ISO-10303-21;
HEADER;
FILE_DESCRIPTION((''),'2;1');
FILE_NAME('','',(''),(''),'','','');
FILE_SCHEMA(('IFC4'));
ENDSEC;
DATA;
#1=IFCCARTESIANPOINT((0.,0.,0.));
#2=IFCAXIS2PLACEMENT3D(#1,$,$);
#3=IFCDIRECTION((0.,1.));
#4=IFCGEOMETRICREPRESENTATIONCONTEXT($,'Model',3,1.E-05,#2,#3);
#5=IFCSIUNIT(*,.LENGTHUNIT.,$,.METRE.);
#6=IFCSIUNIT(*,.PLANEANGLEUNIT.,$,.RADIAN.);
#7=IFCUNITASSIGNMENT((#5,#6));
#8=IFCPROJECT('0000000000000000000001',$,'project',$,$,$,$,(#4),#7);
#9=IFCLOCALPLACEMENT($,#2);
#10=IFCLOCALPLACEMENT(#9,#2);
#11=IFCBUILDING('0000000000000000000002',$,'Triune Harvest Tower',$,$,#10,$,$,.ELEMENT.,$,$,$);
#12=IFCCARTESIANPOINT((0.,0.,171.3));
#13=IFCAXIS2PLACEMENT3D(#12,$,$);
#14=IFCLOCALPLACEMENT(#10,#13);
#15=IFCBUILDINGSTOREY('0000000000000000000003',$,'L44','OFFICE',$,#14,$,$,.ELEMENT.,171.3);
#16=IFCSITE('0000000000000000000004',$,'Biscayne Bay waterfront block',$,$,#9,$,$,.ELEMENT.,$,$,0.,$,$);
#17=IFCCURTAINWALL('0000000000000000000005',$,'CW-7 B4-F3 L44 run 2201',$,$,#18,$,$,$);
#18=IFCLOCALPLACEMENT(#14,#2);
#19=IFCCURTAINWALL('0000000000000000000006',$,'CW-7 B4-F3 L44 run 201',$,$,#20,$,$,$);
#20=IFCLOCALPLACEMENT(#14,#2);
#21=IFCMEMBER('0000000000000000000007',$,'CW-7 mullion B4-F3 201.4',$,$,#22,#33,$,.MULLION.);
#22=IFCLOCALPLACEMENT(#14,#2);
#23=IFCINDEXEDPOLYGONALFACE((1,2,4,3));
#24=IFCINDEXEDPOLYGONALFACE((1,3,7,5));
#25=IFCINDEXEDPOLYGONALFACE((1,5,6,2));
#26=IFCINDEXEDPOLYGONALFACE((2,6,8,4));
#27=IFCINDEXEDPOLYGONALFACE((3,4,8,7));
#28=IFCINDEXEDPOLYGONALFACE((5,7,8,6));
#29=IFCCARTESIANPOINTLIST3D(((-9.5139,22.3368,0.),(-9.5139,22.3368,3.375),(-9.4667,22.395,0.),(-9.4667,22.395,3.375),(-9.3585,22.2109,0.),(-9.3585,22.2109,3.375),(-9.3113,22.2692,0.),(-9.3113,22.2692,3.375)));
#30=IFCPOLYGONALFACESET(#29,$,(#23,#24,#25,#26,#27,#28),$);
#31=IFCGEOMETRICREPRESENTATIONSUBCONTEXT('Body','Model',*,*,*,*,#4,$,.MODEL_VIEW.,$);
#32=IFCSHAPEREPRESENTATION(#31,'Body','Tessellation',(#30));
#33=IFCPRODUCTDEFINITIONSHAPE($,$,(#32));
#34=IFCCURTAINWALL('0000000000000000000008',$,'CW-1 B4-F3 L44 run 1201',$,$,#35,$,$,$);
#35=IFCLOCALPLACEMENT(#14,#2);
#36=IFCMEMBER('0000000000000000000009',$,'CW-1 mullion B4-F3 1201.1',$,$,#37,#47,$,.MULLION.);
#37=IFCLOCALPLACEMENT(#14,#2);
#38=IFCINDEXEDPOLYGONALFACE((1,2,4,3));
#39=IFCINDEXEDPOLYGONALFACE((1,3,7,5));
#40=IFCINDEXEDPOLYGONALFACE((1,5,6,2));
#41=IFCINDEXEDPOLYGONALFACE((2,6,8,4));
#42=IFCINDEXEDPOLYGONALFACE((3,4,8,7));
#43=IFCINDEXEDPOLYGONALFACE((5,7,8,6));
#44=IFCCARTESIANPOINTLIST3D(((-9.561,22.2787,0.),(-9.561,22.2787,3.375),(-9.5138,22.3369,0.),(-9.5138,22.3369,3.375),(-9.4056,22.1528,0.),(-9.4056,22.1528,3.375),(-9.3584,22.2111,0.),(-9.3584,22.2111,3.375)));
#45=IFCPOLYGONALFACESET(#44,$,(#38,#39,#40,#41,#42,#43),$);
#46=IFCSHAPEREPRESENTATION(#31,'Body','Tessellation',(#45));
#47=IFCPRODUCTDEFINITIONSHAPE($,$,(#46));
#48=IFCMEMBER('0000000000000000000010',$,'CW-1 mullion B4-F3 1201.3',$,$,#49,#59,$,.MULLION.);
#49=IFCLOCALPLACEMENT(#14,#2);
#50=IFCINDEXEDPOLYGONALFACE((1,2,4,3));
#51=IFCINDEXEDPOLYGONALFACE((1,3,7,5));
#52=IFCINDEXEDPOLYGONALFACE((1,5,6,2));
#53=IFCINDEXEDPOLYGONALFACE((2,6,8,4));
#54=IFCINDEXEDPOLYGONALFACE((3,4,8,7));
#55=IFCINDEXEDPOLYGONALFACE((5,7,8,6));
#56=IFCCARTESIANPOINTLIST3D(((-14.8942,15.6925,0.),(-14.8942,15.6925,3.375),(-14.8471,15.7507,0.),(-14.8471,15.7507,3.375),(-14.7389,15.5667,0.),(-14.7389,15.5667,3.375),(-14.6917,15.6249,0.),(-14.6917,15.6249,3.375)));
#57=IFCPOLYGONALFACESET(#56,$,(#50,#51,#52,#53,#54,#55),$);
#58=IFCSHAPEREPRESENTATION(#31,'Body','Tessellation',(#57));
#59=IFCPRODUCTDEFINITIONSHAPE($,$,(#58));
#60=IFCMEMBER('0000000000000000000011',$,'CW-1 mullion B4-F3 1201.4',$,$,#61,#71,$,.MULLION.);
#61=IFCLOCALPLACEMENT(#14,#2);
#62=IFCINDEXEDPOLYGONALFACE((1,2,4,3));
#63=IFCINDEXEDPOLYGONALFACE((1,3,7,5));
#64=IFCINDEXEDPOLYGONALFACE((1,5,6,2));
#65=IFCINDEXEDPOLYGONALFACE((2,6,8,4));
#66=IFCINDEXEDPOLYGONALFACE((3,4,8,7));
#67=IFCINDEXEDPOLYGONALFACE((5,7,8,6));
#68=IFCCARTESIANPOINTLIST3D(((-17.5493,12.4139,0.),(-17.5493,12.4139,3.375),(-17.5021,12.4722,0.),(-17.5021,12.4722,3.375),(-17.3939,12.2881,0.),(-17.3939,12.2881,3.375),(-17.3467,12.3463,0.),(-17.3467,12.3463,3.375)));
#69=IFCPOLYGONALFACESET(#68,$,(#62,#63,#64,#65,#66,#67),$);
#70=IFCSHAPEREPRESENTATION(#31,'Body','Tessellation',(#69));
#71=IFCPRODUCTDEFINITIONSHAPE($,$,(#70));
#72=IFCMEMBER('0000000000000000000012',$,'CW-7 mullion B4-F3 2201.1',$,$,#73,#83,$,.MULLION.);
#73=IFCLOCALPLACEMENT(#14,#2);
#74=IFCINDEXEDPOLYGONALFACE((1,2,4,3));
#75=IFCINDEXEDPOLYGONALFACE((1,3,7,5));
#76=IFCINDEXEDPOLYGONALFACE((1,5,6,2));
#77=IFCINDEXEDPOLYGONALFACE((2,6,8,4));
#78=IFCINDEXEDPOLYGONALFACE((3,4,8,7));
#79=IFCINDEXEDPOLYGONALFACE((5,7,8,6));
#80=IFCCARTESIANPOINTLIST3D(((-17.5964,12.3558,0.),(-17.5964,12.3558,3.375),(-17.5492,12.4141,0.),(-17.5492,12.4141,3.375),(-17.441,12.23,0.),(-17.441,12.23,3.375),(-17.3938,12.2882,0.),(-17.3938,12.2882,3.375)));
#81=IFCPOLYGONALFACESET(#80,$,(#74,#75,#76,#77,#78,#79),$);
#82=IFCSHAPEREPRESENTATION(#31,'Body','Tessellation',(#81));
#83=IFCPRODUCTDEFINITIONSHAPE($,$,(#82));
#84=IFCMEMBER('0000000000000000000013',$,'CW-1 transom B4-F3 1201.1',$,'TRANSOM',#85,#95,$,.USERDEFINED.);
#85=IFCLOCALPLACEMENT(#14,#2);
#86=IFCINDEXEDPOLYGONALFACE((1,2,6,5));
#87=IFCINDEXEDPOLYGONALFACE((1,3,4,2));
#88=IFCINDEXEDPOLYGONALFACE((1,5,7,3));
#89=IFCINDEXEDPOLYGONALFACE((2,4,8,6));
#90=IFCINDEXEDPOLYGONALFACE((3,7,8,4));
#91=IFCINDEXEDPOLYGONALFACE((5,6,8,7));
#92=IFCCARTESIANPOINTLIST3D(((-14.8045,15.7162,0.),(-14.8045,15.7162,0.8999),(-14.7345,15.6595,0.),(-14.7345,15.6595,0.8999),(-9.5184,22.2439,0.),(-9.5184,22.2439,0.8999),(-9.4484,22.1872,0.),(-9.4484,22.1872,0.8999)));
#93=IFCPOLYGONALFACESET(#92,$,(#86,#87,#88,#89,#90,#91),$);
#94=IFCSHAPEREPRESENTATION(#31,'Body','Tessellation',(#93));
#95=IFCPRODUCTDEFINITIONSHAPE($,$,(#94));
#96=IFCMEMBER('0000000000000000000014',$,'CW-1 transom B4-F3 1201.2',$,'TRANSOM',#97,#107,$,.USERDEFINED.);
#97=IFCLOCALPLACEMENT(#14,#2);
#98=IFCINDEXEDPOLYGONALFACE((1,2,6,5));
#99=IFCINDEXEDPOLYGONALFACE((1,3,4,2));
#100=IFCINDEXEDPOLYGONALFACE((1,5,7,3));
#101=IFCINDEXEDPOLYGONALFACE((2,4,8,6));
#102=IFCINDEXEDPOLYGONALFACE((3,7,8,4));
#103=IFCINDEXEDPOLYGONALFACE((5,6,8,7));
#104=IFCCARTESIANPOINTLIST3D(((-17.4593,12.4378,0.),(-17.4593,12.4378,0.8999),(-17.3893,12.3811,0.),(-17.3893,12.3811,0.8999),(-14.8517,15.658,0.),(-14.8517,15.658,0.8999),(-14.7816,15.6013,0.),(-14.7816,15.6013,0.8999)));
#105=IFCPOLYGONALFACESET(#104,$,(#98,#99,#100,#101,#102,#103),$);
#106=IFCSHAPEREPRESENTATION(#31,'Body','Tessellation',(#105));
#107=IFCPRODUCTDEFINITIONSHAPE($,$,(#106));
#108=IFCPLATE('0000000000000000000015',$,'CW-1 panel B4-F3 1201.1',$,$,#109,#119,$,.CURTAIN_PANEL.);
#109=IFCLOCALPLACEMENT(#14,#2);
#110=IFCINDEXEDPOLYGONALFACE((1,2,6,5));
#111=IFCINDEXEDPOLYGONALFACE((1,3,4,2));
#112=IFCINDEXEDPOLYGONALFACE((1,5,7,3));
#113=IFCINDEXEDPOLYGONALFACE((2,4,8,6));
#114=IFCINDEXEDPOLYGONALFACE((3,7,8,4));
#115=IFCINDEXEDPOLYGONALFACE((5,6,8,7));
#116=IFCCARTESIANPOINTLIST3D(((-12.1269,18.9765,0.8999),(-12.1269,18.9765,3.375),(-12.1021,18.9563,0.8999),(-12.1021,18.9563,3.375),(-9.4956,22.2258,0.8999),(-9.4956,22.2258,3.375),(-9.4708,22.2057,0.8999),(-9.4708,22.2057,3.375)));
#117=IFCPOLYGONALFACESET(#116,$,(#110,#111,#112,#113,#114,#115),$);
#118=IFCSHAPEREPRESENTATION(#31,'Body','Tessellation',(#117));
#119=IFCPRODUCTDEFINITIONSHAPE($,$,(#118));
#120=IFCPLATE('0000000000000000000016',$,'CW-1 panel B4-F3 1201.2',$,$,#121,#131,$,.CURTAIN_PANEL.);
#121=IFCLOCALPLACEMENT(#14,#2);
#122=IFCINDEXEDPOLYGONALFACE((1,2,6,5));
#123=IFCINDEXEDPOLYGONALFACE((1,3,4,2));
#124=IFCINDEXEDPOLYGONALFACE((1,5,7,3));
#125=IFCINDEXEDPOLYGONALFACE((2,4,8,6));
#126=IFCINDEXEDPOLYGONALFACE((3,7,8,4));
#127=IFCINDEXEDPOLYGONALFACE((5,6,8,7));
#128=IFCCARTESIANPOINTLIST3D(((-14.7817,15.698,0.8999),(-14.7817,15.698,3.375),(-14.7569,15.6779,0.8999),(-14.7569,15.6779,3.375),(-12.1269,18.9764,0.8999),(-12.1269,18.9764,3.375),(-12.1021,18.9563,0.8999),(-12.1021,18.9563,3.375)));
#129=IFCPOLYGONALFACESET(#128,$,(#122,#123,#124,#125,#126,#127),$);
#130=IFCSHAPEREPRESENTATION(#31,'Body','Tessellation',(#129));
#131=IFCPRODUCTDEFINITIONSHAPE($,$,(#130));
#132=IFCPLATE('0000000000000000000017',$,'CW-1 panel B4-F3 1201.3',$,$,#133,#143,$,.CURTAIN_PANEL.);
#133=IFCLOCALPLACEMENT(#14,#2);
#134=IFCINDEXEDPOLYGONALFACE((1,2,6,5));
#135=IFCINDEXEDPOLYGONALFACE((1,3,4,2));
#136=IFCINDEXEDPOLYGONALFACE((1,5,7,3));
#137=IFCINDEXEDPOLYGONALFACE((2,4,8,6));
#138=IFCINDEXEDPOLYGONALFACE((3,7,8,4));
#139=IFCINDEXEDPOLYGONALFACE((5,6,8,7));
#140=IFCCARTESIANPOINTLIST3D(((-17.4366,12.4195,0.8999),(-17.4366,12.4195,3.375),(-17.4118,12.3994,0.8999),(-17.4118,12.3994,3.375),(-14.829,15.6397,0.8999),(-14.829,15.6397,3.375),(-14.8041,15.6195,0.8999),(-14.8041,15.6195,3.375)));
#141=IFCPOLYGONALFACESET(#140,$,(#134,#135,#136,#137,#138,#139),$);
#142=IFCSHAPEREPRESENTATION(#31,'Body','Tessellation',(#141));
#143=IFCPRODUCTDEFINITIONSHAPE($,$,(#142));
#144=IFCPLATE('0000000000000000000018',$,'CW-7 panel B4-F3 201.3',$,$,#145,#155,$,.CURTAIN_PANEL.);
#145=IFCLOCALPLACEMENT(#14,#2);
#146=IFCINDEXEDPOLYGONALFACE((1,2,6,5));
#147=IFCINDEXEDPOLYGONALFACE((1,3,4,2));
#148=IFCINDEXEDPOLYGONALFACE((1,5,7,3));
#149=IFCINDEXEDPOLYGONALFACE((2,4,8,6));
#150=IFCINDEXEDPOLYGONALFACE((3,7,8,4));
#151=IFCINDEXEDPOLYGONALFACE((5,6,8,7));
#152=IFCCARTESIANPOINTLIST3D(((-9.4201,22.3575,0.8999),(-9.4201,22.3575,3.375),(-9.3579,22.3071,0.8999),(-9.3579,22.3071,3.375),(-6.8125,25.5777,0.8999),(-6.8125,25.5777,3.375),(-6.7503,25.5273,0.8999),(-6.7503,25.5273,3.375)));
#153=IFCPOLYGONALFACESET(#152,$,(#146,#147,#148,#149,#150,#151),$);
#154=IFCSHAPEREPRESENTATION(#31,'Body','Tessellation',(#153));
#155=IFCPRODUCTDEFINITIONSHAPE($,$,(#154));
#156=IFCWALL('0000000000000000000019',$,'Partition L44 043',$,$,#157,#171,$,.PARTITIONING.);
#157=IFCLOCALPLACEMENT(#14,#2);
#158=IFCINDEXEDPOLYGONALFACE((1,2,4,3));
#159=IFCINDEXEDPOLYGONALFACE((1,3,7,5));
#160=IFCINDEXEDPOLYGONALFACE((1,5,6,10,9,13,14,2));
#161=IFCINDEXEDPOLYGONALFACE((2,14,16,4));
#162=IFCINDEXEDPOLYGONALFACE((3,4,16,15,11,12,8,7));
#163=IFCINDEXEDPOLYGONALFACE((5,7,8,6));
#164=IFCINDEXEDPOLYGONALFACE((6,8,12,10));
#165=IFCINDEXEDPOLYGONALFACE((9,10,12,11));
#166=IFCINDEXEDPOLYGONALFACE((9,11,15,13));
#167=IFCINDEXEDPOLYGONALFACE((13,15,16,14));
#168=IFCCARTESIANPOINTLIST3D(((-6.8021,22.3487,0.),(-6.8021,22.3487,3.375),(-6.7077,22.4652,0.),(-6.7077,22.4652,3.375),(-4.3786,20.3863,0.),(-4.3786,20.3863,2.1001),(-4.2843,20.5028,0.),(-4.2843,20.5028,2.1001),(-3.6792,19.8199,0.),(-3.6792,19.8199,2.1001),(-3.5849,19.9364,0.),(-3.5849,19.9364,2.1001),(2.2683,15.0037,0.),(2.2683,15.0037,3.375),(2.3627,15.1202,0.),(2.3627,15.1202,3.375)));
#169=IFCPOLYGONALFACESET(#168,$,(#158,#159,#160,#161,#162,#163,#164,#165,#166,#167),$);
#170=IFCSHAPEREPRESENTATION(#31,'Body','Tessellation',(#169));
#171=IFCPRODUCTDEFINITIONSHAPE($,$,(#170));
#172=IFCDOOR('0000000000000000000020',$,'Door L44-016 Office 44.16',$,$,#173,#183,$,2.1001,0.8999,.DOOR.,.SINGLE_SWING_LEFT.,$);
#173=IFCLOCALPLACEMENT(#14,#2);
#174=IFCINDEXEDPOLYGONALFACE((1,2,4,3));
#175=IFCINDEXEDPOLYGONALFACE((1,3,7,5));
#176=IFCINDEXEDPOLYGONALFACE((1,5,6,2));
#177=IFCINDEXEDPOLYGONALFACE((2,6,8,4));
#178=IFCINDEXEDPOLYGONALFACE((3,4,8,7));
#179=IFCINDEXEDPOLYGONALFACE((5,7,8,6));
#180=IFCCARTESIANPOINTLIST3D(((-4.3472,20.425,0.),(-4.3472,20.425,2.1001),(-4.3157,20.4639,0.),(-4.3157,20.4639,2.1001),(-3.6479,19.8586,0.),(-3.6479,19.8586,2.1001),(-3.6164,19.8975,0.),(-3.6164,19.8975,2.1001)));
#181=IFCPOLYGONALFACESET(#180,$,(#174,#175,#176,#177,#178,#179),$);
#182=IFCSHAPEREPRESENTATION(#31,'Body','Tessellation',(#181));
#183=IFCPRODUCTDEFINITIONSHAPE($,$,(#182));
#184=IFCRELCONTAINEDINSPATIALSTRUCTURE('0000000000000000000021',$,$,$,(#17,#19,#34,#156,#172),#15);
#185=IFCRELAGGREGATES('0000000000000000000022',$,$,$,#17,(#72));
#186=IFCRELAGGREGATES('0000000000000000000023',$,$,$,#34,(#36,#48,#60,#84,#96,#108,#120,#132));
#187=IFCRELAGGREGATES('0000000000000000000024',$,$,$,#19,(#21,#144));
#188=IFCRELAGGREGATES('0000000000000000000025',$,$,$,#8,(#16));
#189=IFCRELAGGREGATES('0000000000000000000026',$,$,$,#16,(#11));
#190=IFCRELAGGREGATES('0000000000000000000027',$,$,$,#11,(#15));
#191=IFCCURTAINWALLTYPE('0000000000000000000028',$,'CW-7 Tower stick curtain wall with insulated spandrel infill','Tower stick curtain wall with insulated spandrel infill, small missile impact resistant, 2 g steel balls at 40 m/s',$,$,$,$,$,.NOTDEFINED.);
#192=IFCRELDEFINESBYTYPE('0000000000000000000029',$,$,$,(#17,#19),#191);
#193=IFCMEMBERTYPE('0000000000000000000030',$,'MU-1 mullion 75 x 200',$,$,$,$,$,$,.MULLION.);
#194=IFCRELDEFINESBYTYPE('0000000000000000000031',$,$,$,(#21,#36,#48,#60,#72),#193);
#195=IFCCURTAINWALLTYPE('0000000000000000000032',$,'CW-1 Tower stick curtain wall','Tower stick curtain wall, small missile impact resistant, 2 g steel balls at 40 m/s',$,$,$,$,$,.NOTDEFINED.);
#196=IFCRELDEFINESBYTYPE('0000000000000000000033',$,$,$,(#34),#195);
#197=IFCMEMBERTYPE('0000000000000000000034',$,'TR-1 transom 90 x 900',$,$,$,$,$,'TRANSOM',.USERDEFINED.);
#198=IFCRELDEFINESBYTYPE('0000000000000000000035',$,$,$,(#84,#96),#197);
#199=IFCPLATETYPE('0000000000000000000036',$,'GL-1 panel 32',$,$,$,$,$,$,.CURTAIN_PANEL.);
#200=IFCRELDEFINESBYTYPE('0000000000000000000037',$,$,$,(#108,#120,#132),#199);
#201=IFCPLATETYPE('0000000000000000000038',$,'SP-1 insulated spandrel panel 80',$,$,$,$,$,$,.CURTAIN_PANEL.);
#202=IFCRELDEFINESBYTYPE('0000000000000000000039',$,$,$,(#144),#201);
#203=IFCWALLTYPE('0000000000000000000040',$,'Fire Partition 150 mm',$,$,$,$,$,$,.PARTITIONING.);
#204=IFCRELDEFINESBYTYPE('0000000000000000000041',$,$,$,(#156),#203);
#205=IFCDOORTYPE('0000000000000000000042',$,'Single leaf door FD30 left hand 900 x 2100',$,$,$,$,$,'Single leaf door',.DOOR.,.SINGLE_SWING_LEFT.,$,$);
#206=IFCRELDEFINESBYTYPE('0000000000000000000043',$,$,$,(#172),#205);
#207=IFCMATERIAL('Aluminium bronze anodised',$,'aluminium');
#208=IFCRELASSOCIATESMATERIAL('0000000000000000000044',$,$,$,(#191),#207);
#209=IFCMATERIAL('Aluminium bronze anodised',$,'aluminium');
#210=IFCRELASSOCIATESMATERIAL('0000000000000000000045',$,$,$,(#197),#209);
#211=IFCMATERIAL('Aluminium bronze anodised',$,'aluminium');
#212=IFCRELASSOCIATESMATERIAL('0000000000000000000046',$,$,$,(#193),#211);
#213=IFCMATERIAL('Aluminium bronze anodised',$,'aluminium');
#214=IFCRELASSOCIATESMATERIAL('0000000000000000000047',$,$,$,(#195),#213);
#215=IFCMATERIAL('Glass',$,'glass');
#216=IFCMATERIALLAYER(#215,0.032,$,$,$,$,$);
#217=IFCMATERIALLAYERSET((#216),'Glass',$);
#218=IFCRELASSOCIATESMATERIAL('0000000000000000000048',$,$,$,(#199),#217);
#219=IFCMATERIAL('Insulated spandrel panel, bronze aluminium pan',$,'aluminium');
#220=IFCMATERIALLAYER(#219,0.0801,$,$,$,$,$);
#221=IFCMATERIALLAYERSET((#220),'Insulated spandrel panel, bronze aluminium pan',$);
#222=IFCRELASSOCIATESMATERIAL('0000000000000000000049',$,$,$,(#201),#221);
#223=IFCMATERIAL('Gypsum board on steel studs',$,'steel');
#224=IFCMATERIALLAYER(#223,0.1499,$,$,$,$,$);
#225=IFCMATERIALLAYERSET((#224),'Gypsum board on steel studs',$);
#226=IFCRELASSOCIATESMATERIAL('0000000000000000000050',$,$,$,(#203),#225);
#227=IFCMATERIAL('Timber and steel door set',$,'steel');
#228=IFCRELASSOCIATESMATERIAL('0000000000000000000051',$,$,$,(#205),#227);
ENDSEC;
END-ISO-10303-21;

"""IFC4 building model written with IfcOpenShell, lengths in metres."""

from ifc_helpers import new_model, si_unit, direction, frame, frame_2d, origin, origin_2d, place, context, subcontext, project, spatial, rectangle, extrude, source, transform, mapped, material, layer, layer_set, material_profile, profile_set, type_object, element, fill, aggregate, save


model = new_model("IFC4")

# Units and contexts
model_context = context("Model", 3, precision=1e-05, world=origin(), true_north=direction((0.0, 1.0)))
body_context = subcontext(model_context, "Body", "Model", "MODEL_VIEW")
ifc_project = project(units=[si_unit("LENGTHUNIT", "METRE"), si_unit("PLANEANGLEUNIT", "RADIAN")], contexts=[model_context])

# Site, building, storey
site_placement = place(None, origin())
site = spatial("IfcSite", under=ifc_project, at=site_placement, Name="Biscayne Bay waterfront block", CompositionType="ELEMENT", RefElevation=0.0)
building_placement = place(site_placement, origin())
building = spatial("IfcBuilding", under=site, at=building_placement, Name="Triune Harvest Tower", CompositionType="ELEMENT")
storey_placement = place(building_placement, frame((0.0, 0.0, 171.3)))
storey = spatial("IfcBuildingStorey", under=building, at=storey_placement, Name="L44", Description="OFFICE", CompositionType="ELEMENT", Elevation=171.3)

# Curtain wall
ifc_material_1 = material(Name="Aluminium bronze anodised", Category="aluminium")
curtain_wall_type_1 = type_object("IfcCurtainWallType", Name="CW-7 Tower stick curtain wall with insulated spandrel infill", Description="Tower stick curtain wall with insulated spandrel infill, small missile impact resistant, 2 g steel balls at 40 m/s", PredefinedType="NOTDEFINED", material=ifc_material_1)
curtain_wall_1_placement = place(storey_placement, origin())
curtain_wall_1 = element("IfcCurtainWall", 1, at=curtain_wall_1_placement, inside=storey, type_object=curtain_wall_type_1, Name="CW-7 B4-F3 L44 run 2201")
ifc_material_2 = material(Name="Aluminium bronze anodised", Category="aluminium")
ifc_material_profile_1 = material_profile(ifc_material_2, rectangle(XDim=0.0901, YDim=0.8999, at=origin_2d()), Name="TR-1 transom 90 x 900")
ifc_profile_set_1 = profile_set([ifc_material_profile_1], Name="Aluminium bronze anodised")
member_type_1 = type_object("IfcMemberType", Name="TR-1 transom 90 x 900", ElementType="TRANSOM", PredefinedType="USERDEFINED", material=ifc_profile_set_1)

# Curtain wall, member
curtain_wall_2_placement = place(storey_placement, origin())
curtain_wall_2 = element("IfcCurtainWall", 2, at=curtain_wall_2_placement, inside=storey, type_object=curtain_wall_type_1, Name="CW-7 B4-F3 L44 run 201")
ifc_material_3 = material(Name="Aluminium bronze anodised", Category="aluminium")
ifc_material_profile_2 = material_profile(ifc_material_3, rectangle(XDim=0.2, YDim=0.075, at=origin_2d()), Name="MU-1 mullion 75 x 200")
ifc_profile_set_2 = profile_set([ifc_material_profile_2], Name="Aluminium bronze anodised")
member_type_2 = type_object("IfcMemberType", Name="MU-1 mullion 75 x 200", PredefinedType="MULLION", material=ifc_profile_set_2)
shared_shape_1 = source(origin(), body_context, "Body", "SweptSolid", [
    extrude(rectangle(XDim=0.2, YDim=0.075, at=origin_2d()), origin(), (0.0, 0.0, 1.0), 3.375),
])
member_1_placement = place(storey_placement, frame((-9.4126, 22.303, 0.0), z_axis=(0.0, 0.0, 1.0), x_axis=(0.777147, -0.629319, 0.0)))
member_1 = element("IfcMember", 3, at=member_1_placement, type_object=member_type_2, Name="CW-7 mullion B4-F3 201.4", PredefinedType="MULLION", context=body_context, shape_type="MappedRepresentation", body=[
    mapped(shared_shape_1, transform((0.0, 0.0, 0.0), scale=1.0)),
])

# Curtain wall, members
ifc_material_4 = material(Name="Aluminium bronze anodised", Category="aluminium")
curtain_wall_type_2 = type_object("IfcCurtainWallType", Name="CW-1 Tower stick curtain wall", Description="Tower stick curtain wall, small missile impact resistant, 2 g steel balls at 40 m/s", PredefinedType="NOTDEFINED", material=ifc_material_4)
curtain_wall_3_placement = place(storey_placement, origin())
curtain_wall_3 = element("IfcCurtainWall", 4, at=curtain_wall_3_placement, inside=storey, type_object=curtain_wall_type_2, Name="CW-1 B4-F3 L44 run 1201")
member_2_placement = place(storey_placement, frame((-9.4597, 22.2449, 0.0), z_axis=(0.0, 0.0, 1.0), x_axis=(0.777143, -0.629324, 0.0)))
member_2 = element("IfcMember", 5, at=member_2_placement, type_object=member_type_2, Name="CW-1 mullion B4-F3 1201.1", PredefinedType="MULLION", context=body_context, shape_type="MappedRepresentation", body=[
    mapped(shared_shape_1, transform((0.0, 0.0, 0.0), scale=1.0)),
])
member_3_placement = place(storey_placement, frame((-14.793, 15.6587, 0.0), z_axis=(0.0, 0.0, 1.0), x_axis=(0.777143, -0.629324, 0.0)))
member_3 = element("IfcMember", 6, at=member_3_placement, type_object=member_type_2, Name="CW-1 mullion B4-F3 1201.3", PredefinedType="MULLION", context=body_context, shape_type="MappedRepresentation", body=[
    mapped(shared_shape_1, transform((0.0, 0.0, 0.0), scale=1.0)),
])
member_4_placement = place(storey_placement, frame((-17.448, 12.3801, 0.0), z_axis=(0.0, 0.0, 1.0), x_axis=(0.777143, -0.629324, 0.0)))
member_4 = element("IfcMember", 7, at=member_4_placement, type_object=member_type_2, Name="CW-1 mullion B4-F3 1201.4", PredefinedType="MULLION", context=body_context, shape_type="MappedRepresentation", body=[
    mapped(shared_shape_1, transform((0.0, 0.0, 0.0), scale=1.0)),
])

# Members
member_5_placement = place(storey_placement, frame((-17.4951, 12.322, 0.0), z_axis=(0.0, 0.0, 1.0), x_axis=(0.777151, -0.629314, 0.0)))
member_5 = element("IfcMember", 8, at=member_5_placement, type_object=member_type_2, Name="CW-7 mullion B4-F3 2201.1", PredefinedType="MULLION", context=body_context, shape_type="MappedRepresentation", body=[
    mapped(shared_shape_1, transform((0.0, 0.0, 0.0), scale=1.0)),
])
aggregate(curtain_wall_1, [member_5])
shared_shape_2 = source(origin(), body_context, "Body", "SweptSolid", [
    extrude(rectangle(XDim=0.0901, YDim=0.8999, at=origin_2d()), origin(), (0.0, 0.0, 1.0), 8.3997),
])
member_6_placement = place(storey_placement, frame((-9.4834, 22.2156, 0.45), z_axis=(-0.62932, -0.777146, 0.0), x_axis=(0.777146, -0.62932, 0.0)))
member_6 = element("IfcMember", 9, at=member_6_placement, type_object=member_type_1, Name="CW-1 transom B4-F3 1201.1", ObjectType="TRANSOM", PredefinedType="USERDEFINED", context=body_context, shape_type="MappedRepresentation", body=[
    mapped(shared_shape_2, transform((0.0, 0.0, 0.0), scale=1.0)),
])
shared_shape_3 = source(origin(), body_context, "Body", "SweptSolid", [
    extrude(rectangle(XDim=0.0901, YDim=0.8999, at=origin_2d()), origin(), (0.0, 0.0, 1.0), 4.1436),
])
member_7_placement = place(storey_placement, frame((-14.8167, 15.6296, 0.45), z_axis=(-0.629319, -0.777147, 0.0), x_axis=(0.777147, -0.629319, 0.0)))
member_7 = element("IfcMember", 10, at=member_7_placement, type_object=member_type_1, Name="CW-1 transom B4-F3 1201.2", ObjectType="TRANSOM", PredefinedType="USERDEFINED", context=body_context, shape_type="MappedRepresentation", body=[
    mapped(shared_shape_3, transform((0.0, 0.0, 0.0), scale=1.0)),
])

# Plates
ifc_material_5 = material(Name="Glass", Category="glass")
ifc_layer_1 = layer(ifc_material_5, 0.032)
ifc_layer_set_1 = layer_set([ifc_layer_1], Name="Glass")
plate_type_1 = type_object("IfcPlateType", Name="GL-1 panel 32", PredefinedType="CURTAIN_PANEL", material=ifc_layer_set_1)
plate_1_placement = place(storey_placement, frame((-10.7988, 20.5911, 0.8999), z_axis=(0.0, 0.0, 1.0), x_axis=(-0.629324, -0.777143, 0.0)))
plate_1 = element("IfcPlate", 11, at=plate_1_placement, type_object=plate_type_1, Name="CW-1 panel B4-F3 1201.1", PredefinedType="CURTAIN_PANEL", context=body_context, shape_type="SweptSolid", body=[
    extrude(rectangle(XDim=4.1812, YDim=0.032, at=origin_2d()), origin(), (0.0, 0.0, 1.0), 2.4751),
])
plate_2_placement = place(storey_placement, frame((-13.4419, 17.3271, 0.8999), z_axis=(0.0, 0.0, 1.0), x_axis=(-0.629324, -0.777143, 0.0)))
plate_2 = element("IfcPlate", 12, at=plate_2_placement, type_object=plate_type_1, Name="CW-1 panel B4-F3 1201.2", PredefinedType="CURTAIN_PANEL", context=body_context, shape_type="SweptSolid", body=[
    extrude(rectangle(XDim=4.2185, YDim=0.032, at=origin_2d()), origin(), (0.0, 0.0, 1.0), 2.4751),
])
plate_3_placement = place(storey_placement, frame((-16.1204, 14.0195, 0.8999), z_axis=(0.0, 0.0, 1.0), x_axis=(-0.629324, -0.777143, 0.0)))
plate_3 = element("IfcPlate", 13, at=plate_3_placement, type_object=plate_type_1, Name="CW-1 panel B4-F3 1201.3", PredefinedType="CURTAIN_PANEL", context=body_context, shape_type="SweptSolid", body=[
    extrude(rectangle(XDim=4.1436, YDim=0.032, at=origin_2d()), origin(), (0.0, 0.0, 1.0), 2.4751),
])
aggregate(curtain_wall_3, [member_2, member_3, member_4, member_6, member_7, plate_1, plate_2, plate_3])
ifc_material_6 = material(Name="Insulated spandrel panel, bronze aluminium pan", Category="aluminium")
ifc_layer_2 = layer(ifc_material_6, 0.0801)
ifc_layer_set_2 = layer_set([ifc_layer_2], Name="Insulated spandrel panel, bronze aluminium pan")
plate_type_2 = type_object("IfcPlateType", Name="SP-1 insulated spandrel panel 80", PredefinedType="CURTAIN_PANEL", material=ifc_layer_set_2)
shared_shape_4 = source(origin(), body_context, "Body", "SweptSolid", [
    extrude(rectangle(XDim=4.1436, YDim=0.0801, at=origin_2d()), origin(), (0.0, 0.0, 1.0), 2.4751),
])
plate_4_placement = place(storey_placement, frame((-8.0852, 23.9424, 0.8999), z_axis=(0.0, 0.0, 1.0), x_axis=(-0.629319, -0.777147, 0.0)))
plate_4 = element("IfcPlate", 14, at=plate_4_placement, type_object=plate_type_2, Name="CW-7 panel B4-F3 201.3", PredefinedType="CURTAIN_PANEL", context=body_context, shape_type="MappedRepresentation", body=[
    mapped(shared_shape_4, transform((0.0, 0.0, 0.0), scale=1.0)),
])
aggregate(curtain_wall_2, [member_1, plate_4])

# Wall, opening, door
ifc_material_7 = material(Name="Gypsum board on steel studs", Category="steel")
ifc_layer_3 = layer(ifc_material_7, 0.1499)
ifc_layer_set_3 = layer_set([ifc_layer_3], Name="Gypsum board on steel studs")
wall_type_1 = type_object("IfcWallType", Name="Fire Partition 150 mm", PredefinedType="PARTITIONING", material=ifc_layer_set_3)
wall_1_placement = place(storey_placement, frame((-6.7549, 22.407, 0.0), z_axis=(0.0, 0.0, 1.0), x_axis=(0.777147, -0.629319, 0.0)))
wall_1 = element("IfcWall", 15, at=wall_1_placement, inside=storey, type_object=wall_type_1, Name="Partition L44 043", PredefinedType="PARTITIONING", context=body_context, shape_type="SweptSolid", body=[
    extrude(rectangle(XDim=11.6714, YDim=0.1499, at=frame_2d((5.8357, 0.0))), origin(), (0.0, 0.0, 1.0), 3.375),
])
opening_1_placement = place(wall_1_placement, frame((3.1184, 0.0, 0.0)))
opening_1 = element("IfcOpeningElement", 16, at=opening_1_placement, cuts=wall_1, PredefinedType="OPENING", context=body_context, shape_type="SweptSolid", body=[
    extrude(rectangle(XDim=0.8999, YDim=2.1001, at=frame_2d((0.45, 1.05))), frame((0.0, 0.085, 0.0), z_axis=(0.0, -1.0, 0.0), x_axis=(1.0, 0.0, 0.0)), (0.0, 0.0, 1.0), 0.1699),
])
ifc_material_8 = material(Name="Timber and steel door set", Category="steel")
door_type = type_object("IfcDoorType", Name="Single leaf door FD30 left hand 900 x 2100", ElementType="Single leaf door", OperationType="SINGLE_SWING_LEFT", PredefinedType="DOOR", material=ifc_material_8)
door_1_placement = place(opening_1_placement, origin())
door_1 = element("IfcDoor", 17, at=door_1_placement, inside=storey, type_object=door_type, Name="Door L44-016 Office 44.16", OperationType="SINGLE_SWING_LEFT", OverallHeight=2.1001, OverallWidth=0.8999, PredefinedType="DOOR", context=body_context, shape_type="SweptSolid", body=[
    extrude(rectangle(XDim=0.8999, YDim=2.1001, at=frame_2d((0.45, 1.05))), frame((0.0, 0.0249, 0.0), z_axis=(0.0, -1.0, 0.0), x_axis=(1.0, 0.0, 0.0)), (0.0, 0.0, 1.0), 0.05),
])
fill(opening_1, door_1)

save(model, "model.ifc")
